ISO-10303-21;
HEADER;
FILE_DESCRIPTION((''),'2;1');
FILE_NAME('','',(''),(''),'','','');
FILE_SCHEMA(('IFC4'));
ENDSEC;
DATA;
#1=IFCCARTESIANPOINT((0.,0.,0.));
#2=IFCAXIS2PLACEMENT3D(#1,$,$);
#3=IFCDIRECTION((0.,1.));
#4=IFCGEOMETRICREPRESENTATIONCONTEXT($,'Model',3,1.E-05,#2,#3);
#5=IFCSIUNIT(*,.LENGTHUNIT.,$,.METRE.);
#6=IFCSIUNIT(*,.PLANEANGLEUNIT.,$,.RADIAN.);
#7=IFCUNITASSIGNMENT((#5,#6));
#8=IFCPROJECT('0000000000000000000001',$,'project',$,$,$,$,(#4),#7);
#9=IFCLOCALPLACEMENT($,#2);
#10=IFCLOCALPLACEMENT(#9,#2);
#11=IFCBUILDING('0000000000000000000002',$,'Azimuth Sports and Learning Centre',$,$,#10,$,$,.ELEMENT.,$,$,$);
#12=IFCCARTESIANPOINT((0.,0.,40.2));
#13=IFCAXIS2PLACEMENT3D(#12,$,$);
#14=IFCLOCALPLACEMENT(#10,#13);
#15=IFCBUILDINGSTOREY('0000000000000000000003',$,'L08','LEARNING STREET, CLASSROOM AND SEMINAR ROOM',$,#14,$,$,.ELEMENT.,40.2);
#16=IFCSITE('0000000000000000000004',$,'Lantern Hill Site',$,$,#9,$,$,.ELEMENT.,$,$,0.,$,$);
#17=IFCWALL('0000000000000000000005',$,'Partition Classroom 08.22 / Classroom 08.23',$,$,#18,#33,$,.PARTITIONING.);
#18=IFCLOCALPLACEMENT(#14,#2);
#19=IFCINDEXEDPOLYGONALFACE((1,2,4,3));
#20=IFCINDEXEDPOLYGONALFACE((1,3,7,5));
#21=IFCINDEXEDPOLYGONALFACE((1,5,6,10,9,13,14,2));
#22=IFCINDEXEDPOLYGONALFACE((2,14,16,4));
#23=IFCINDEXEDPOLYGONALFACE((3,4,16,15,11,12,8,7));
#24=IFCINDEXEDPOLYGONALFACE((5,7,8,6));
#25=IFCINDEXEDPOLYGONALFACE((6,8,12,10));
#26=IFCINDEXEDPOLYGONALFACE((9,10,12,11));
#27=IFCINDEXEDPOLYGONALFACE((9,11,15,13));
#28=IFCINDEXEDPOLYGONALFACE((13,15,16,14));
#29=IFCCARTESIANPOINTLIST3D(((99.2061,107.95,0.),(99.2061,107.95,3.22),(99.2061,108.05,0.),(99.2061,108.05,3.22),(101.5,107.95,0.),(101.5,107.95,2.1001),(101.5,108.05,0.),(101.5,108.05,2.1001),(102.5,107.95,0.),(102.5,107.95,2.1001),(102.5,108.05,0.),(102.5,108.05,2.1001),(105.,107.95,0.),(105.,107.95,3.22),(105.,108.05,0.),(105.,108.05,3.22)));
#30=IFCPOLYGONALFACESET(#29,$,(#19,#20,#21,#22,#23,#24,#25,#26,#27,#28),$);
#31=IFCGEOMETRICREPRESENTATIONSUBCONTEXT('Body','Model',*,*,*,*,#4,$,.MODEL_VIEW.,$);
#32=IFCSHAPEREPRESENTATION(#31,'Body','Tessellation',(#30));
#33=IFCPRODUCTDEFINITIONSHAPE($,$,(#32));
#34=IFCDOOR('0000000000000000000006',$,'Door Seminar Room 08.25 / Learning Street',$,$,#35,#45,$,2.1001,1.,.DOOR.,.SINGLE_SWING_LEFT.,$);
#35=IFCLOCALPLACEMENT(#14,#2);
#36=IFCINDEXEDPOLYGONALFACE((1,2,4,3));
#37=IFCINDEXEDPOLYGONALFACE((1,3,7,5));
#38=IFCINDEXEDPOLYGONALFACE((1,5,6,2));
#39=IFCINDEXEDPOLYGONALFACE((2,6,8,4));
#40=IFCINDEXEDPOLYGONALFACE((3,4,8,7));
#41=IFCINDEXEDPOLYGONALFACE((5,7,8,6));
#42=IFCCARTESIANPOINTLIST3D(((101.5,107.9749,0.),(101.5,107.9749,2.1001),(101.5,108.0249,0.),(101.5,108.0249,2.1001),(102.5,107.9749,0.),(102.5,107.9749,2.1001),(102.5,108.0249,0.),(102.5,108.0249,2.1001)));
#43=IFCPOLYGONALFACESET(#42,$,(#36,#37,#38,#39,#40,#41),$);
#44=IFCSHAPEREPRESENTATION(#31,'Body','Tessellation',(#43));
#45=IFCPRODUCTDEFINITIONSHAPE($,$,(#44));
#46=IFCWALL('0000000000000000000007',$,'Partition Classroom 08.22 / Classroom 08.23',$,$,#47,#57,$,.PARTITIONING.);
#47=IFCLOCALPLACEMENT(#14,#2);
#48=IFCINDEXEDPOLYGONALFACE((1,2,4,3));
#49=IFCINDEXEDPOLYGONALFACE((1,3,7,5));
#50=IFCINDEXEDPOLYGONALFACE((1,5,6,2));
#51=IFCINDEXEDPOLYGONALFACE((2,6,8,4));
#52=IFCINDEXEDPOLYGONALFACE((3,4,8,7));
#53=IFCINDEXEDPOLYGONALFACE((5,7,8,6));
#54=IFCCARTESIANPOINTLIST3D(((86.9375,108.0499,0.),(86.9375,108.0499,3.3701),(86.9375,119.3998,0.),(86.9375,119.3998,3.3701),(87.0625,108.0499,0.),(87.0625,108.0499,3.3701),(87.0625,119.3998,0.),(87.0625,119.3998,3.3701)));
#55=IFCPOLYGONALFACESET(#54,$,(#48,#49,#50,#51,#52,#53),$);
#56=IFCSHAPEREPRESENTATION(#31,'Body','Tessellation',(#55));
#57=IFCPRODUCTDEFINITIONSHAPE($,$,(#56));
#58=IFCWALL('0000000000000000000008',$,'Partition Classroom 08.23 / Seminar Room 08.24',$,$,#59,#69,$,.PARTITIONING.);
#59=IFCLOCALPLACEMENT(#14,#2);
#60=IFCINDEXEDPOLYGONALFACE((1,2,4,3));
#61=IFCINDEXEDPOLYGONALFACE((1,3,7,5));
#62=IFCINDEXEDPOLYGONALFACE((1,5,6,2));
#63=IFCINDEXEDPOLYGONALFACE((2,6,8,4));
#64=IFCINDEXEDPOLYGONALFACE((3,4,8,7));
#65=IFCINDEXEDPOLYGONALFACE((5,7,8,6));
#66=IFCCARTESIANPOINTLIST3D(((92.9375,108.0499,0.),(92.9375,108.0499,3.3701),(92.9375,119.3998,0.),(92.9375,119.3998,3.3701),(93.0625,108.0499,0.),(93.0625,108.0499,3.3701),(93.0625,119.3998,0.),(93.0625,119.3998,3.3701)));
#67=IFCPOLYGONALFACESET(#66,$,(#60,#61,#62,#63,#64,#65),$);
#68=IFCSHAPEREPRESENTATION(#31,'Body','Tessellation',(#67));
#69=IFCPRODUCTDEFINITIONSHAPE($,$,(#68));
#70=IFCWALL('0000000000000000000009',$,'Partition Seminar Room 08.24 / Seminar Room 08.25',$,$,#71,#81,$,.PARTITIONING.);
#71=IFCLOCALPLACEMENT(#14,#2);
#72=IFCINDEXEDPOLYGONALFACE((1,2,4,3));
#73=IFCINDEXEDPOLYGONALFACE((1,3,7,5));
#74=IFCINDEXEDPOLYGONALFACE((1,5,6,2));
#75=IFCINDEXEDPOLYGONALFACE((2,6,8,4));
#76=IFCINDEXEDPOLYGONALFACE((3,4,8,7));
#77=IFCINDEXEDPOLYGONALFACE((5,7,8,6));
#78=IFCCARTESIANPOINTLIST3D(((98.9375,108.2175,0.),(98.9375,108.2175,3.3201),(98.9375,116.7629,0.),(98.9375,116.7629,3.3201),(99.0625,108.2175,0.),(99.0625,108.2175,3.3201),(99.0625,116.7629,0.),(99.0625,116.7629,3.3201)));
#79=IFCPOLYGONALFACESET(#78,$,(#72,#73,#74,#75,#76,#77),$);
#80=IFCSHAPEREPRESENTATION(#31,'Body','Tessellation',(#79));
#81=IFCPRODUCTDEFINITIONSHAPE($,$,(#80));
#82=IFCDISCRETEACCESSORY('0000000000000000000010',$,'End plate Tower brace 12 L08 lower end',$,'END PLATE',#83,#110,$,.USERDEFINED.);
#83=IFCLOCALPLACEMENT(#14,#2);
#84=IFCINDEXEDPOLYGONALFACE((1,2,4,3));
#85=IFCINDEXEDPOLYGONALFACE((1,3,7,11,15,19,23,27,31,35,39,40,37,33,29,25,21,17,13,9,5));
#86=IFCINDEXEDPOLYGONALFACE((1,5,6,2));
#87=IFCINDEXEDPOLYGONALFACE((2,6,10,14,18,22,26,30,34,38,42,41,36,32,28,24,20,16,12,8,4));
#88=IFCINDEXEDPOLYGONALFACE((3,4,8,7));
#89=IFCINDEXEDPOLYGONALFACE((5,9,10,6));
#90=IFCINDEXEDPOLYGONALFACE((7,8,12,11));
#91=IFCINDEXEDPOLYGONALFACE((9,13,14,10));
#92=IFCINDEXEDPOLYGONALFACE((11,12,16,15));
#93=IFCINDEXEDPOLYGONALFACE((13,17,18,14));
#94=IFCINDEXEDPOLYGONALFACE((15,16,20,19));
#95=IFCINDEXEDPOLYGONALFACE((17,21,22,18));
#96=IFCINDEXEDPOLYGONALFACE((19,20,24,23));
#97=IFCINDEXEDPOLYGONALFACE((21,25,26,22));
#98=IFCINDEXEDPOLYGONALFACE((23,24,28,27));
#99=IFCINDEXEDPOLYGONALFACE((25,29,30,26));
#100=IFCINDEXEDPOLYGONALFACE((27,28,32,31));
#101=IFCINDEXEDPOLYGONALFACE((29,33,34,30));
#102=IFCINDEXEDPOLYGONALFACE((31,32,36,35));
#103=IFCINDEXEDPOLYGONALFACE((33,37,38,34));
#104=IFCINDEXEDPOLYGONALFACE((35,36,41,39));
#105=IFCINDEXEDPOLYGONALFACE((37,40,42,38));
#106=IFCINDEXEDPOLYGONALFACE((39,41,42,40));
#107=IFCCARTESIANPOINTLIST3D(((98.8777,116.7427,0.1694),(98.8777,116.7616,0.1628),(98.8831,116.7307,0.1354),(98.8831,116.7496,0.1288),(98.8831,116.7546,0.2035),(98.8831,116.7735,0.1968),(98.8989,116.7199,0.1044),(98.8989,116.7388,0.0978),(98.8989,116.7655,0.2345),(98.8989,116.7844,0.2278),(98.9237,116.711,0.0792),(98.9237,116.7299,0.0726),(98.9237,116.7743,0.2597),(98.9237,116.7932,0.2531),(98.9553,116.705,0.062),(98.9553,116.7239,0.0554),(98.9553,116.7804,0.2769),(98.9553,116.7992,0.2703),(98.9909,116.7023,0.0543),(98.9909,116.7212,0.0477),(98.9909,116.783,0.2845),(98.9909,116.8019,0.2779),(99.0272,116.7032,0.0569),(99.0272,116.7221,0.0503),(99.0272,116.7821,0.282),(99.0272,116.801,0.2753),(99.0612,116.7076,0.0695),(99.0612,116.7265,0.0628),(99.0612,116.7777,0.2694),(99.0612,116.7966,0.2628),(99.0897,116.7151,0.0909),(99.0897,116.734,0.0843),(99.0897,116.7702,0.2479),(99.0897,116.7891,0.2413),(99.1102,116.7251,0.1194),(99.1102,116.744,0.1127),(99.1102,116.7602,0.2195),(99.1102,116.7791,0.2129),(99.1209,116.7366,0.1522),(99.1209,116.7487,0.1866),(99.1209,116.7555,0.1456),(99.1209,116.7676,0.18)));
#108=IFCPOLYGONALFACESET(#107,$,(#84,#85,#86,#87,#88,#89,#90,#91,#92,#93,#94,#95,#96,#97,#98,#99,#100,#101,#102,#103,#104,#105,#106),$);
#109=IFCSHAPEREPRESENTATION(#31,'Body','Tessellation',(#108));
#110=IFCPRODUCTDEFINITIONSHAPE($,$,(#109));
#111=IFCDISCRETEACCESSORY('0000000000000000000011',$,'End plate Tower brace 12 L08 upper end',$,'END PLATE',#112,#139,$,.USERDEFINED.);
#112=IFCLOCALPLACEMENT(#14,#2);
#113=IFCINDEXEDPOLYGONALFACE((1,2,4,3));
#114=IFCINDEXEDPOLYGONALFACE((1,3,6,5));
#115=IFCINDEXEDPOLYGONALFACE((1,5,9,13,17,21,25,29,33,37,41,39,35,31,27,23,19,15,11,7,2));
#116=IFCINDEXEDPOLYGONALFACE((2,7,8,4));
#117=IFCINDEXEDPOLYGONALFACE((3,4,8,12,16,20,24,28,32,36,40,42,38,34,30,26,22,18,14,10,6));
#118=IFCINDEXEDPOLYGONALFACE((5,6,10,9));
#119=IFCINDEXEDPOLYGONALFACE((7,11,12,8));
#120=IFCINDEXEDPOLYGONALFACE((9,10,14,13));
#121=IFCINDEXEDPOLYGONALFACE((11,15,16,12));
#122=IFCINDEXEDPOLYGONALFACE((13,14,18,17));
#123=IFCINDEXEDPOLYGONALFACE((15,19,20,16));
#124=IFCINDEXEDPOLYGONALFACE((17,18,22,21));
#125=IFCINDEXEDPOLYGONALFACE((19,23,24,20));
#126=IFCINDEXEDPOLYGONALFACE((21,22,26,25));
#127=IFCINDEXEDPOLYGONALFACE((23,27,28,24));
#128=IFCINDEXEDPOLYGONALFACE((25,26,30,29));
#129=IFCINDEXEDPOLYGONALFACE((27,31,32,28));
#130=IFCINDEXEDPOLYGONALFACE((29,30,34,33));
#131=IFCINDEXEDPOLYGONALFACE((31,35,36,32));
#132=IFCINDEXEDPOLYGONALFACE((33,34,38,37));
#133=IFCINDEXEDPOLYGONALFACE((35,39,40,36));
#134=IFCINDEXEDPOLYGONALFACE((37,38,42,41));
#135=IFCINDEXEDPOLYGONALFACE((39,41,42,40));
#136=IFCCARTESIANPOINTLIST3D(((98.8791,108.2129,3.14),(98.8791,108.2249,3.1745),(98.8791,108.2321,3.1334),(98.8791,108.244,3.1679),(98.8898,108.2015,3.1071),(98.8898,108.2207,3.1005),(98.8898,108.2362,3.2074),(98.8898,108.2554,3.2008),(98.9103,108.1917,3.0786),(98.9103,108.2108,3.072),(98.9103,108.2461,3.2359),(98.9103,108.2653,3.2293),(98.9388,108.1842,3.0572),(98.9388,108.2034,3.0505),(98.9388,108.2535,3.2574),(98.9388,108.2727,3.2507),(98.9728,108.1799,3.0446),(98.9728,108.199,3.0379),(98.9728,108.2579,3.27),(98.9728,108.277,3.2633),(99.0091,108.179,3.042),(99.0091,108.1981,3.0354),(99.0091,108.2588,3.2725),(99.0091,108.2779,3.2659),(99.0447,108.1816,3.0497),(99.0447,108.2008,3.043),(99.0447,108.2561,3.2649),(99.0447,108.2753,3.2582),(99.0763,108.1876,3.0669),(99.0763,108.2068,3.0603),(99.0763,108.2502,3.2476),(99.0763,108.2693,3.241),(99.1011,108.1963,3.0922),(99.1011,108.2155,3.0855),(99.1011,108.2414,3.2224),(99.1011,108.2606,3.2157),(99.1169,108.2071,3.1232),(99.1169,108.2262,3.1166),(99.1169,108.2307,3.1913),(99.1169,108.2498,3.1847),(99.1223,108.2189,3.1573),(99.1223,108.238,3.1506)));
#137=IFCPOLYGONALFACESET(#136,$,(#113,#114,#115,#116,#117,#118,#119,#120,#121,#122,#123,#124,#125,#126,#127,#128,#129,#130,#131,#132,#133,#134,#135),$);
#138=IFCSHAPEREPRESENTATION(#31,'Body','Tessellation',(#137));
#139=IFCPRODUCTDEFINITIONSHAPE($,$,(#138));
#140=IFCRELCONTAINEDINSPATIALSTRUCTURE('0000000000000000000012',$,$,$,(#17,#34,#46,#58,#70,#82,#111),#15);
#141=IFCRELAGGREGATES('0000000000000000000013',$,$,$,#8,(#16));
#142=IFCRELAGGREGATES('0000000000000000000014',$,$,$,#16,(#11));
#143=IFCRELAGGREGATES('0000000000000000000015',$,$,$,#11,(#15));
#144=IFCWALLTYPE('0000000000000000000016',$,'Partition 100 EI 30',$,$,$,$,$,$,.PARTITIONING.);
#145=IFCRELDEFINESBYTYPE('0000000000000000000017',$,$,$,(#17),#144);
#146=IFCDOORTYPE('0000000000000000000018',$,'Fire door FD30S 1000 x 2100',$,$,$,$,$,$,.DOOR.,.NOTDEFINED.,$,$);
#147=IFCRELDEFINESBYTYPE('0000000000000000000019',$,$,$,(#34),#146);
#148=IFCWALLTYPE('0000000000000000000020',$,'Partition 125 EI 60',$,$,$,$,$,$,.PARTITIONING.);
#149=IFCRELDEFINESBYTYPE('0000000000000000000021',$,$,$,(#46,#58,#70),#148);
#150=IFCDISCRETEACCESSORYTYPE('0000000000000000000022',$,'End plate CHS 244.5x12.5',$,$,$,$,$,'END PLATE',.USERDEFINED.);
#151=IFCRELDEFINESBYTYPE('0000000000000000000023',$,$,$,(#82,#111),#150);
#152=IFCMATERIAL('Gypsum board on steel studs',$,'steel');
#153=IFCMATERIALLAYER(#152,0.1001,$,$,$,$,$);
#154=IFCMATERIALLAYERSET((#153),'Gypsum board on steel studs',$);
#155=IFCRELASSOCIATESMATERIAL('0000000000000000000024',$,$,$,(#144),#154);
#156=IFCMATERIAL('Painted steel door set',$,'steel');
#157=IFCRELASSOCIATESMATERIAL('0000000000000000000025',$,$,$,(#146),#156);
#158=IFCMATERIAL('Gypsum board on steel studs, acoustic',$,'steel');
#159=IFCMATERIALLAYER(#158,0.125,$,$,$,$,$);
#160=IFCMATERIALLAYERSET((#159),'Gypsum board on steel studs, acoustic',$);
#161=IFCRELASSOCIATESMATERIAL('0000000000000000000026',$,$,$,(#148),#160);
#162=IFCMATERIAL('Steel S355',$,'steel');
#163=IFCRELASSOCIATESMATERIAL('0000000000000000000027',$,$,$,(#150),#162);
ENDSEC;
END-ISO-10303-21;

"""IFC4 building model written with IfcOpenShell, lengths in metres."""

from ifc_helpers import new_model, si_unit, direction, frame, frame_2d, origin, origin_2d, place, context, subcontext, project, spatial, rectangle, circle, extrude, material, layer, layer_set, material_profile, profile_set, type_object, element, fill, save


model = new_model("IFC4")

# Units and contexts
model_context = context("Model", 3, precision=1e-05, world=origin(), true_north=direction((0.0, 1.0)))
body_context = subcontext(model_context, "Body", "Model", "MODEL_VIEW")
ifc_project = project(units=[si_unit("LENGTHUNIT", "METRE"), si_unit("PLANEANGLEUNIT", "RADIAN")], contexts=[model_context])

# Site, building, storey
site_placement = place(None, origin())
site = spatial("IfcSite", under=ifc_project, at=site_placement, Name="Lantern Hill Site", CompositionType="ELEMENT", RefElevation=0.0)
building_placement = place(site_placement, origin())
building = spatial("IfcBuilding", under=site, at=building_placement, Name="Azimuth Sports and Learning Centre", CompositionType="ELEMENT")
storey_placement = place(building_placement, frame((0.0, 0.0, 40.2)))
storey = spatial("IfcBuildingStorey", under=building, at=storey_placement, Name="L08", Description="LEARNING STREET, CLASSROOM AND SEMINAR ROOM", CompositionType="ELEMENT", Elevation=40.2)

# Shared definitions
ifc_material_1 = material(Name="Gypsum board on steel studs", Category="steel")
ifc_layer_1 = layer(ifc_material_1, 0.1001)
ifc_layer_set_1 = layer_set([ifc_layer_1], Name="Gypsum board on steel studs")
wall_type_1 = type_object("IfcWallType", Name="Partition 100 EI 30", PredefinedType="PARTITIONING", material=ifc_layer_set_1)
ifc_material_2 = material(Name="Painted steel door set", Category="steel")
door_type = type_object("IfcDoorType", Name="Fire door FD30S 1000 x 2100", OperationType="NOTDEFINED", PredefinedType="DOOR", material=ifc_material_2)

# Wall, opening, door
wall_1_placement = place(storey_placement, frame((99.2061, 108.0, 0.0), z_axis=(0.0, 0.0, 1.0), x_axis=(1.0, 0.0, 0.0)))
wall_1 = element("IfcWall", 1, at=wall_1_placement, inside=storey, type_object=wall_type_1, Name="Partition Classroom 08.22 / Classroom 08.23", PredefinedType="PARTITIONING", context=body_context, shape_type="SweptSolid", body=[
    extrude(rectangle(XDim=5.7939, YDim=0.1001, at=frame_2d((2.897, 0.0))), origin(), (0.0, 0.0, 1.0), 3.22),
])
opening_1_placement = place(wall_1_placement, frame((2.2939, 0.0, 0.0)))
opening_1 = element("IfcOpeningElement", 2, at=opening_1_placement, cuts=wall_1, PredefinedType="OPENING", context=body_context, shape_type="SweptSolid", body=[
    extrude(rectangle(XDim=1.0, YDim=2.1001, at=frame_2d((0.5, 1.05))), frame((0.0, 0.061, 0.0), z_axis=(0.0, -1.0, 0.0), x_axis=(1.0, 0.0, 0.0)), (0.0, 0.0, 1.0), 0.1221),
])
door_1_placement = place(opening_1_placement, origin())
door_1 = element("IfcDoor", 3, at=door_1_placement, inside=storey, type_object=door_type, Name="Door Seminar Room 08.25 / Learning Street", OperationType="SINGLE_SWING_LEFT", OverallHeight=2.1001, OverallWidth=1.0, PredefinedType="DOOR", context=body_context, shape_type="SweptSolid", body=[
    extrude(rectangle(XDim=1.0, YDim=2.1001, at=frame_2d((0.5, 1.05))), frame((0.0, 0.0249, 0.0), z_axis=(0.0, -1.0, 0.0), x_axis=(1.0, 0.0, 0.0)), (0.0, 0.0, 1.0), 0.05),
])
fill(opening_1, door_1)

# Walls
ifc_material_3 = material(Name="Gypsum board on steel studs, acoustic", Category="steel")
ifc_layer_2 = layer(ifc_material_3, 0.125)
ifc_layer_set_2 = layer_set([ifc_layer_2], Name="Gypsum board on steel studs, acoustic")
wall_type_2 = type_object("IfcWallType", Name="Partition 125 EI 60", PredefinedType="PARTITIONING", material=ifc_layer_set_2)
for number, where, z_axis, x_axis, name in (
    (4, (87.0, 108.05, 0.0), (0.0, 0.0, 1.0), (0.0, 1.0, 0.0), "Partition Classroom 08.22 / Classroom 08.23"),
    (5, (93.0, 108.05, 0.0), (0.0, 0.0, 1.0), (0.0, 1.0, 0.0), "Partition Classroom 08.23 / Seminar Room 08.24"),
):
    element("IfcWall", number, at=place(storey_placement, frame(where, z_axis=z_axis, x_axis=x_axis)), inside=storey, type_object=wall_type_2, Name=name, PredefinedType="PARTITIONING", context=body_context, shape_type="SweptSolid", body=[
        extrude(rectangle(XDim=11.3499, YDim=0.125, at=frame_2d((5.6748, 0.0))), origin(), (0.0, 0.0, 1.0), 3.3701),
    ])
wall_2_placement = place(storey_placement, frame((99.0, 108.2175, 0.0), z_axis=(0.0, 0.0, 1.0), x_axis=(0.0, 1.0, 0.0)))
element("IfcWall", 6, at=wall_2_placement, inside=storey, type_object=wall_type_2, Name="Partition Seminar Room 08.24 / Seminar Room 08.25", PredefinedType="PARTITIONING", context=body_context, shape_type="SweptSolid", body=[
    extrude(rectangle(XDim=8.5454, YDim=0.125, at=frame_2d((4.2727, 0.0))), origin(), (0.0, 0.0, 1.0), 3.3201),
])

# Discrete accessories
ifc_material_4 = material(Name="Steel S355", Category="steel")
ifc_material_profile_1 = material_profile(ifc_material_4, circle(Radius=0.1223, at=origin_2d()), Name="PL 244 DISC")
ifc_profile_set_1 = profile_set([ifc_material_profile_1], Name="Steel S355")
discrete_accessory_type = type_object("IfcDiscreteAccessoryType", Name="End plate CHS 244.5x12.5", ElementType="END PLATE", PredefinedType="USERDEFINED", material=ifc_profile_set_1)
discrete_accessory_1_placement = place(storey_placement, frame((99.0, 116.7427, 0.1694), z_axis=(0.0, 0.943667, -0.330896), x_axis=(-1.0, 0.0, 0.0)))
element("IfcDiscreteAccessory", 7, at=discrete_accessory_1_placement, inside=storey, type_object=discrete_accessory_type, Name="End plate Tower brace 12 L08 lower end", ObjectType="END PLATE", PredefinedType="USERDEFINED", context=body_context, shape_type="SweptSolid", body=[
    extrude(circle(Radius=0.1223, at=origin_2d()), origin(), (0.0, 0.0, 1.0), 0.02),
])
discrete_accessory_2_placement = place(storey_placement, frame((99.0, 108.238, 3.1506), z_axis=(0.0, -0.944986, 0.327111), x_axis=(1.0, 0.0, 0.0)))
element("IfcDiscreteAccessory", 8, at=discrete_accessory_2_placement, inside=storey, type_object=discrete_accessory_type, Name="End plate Tower brace 12 L08 upper end", ObjectType="END PLATE", PredefinedType="USERDEFINED", context=body_context, shape_type="SweptSolid", body=[
    extrude(circle(Radius=0.1223, at=origin_2d()), origin(), (0.0, 0.0, 1.0), 0.0203),
])

save(model, "model.ifc")
